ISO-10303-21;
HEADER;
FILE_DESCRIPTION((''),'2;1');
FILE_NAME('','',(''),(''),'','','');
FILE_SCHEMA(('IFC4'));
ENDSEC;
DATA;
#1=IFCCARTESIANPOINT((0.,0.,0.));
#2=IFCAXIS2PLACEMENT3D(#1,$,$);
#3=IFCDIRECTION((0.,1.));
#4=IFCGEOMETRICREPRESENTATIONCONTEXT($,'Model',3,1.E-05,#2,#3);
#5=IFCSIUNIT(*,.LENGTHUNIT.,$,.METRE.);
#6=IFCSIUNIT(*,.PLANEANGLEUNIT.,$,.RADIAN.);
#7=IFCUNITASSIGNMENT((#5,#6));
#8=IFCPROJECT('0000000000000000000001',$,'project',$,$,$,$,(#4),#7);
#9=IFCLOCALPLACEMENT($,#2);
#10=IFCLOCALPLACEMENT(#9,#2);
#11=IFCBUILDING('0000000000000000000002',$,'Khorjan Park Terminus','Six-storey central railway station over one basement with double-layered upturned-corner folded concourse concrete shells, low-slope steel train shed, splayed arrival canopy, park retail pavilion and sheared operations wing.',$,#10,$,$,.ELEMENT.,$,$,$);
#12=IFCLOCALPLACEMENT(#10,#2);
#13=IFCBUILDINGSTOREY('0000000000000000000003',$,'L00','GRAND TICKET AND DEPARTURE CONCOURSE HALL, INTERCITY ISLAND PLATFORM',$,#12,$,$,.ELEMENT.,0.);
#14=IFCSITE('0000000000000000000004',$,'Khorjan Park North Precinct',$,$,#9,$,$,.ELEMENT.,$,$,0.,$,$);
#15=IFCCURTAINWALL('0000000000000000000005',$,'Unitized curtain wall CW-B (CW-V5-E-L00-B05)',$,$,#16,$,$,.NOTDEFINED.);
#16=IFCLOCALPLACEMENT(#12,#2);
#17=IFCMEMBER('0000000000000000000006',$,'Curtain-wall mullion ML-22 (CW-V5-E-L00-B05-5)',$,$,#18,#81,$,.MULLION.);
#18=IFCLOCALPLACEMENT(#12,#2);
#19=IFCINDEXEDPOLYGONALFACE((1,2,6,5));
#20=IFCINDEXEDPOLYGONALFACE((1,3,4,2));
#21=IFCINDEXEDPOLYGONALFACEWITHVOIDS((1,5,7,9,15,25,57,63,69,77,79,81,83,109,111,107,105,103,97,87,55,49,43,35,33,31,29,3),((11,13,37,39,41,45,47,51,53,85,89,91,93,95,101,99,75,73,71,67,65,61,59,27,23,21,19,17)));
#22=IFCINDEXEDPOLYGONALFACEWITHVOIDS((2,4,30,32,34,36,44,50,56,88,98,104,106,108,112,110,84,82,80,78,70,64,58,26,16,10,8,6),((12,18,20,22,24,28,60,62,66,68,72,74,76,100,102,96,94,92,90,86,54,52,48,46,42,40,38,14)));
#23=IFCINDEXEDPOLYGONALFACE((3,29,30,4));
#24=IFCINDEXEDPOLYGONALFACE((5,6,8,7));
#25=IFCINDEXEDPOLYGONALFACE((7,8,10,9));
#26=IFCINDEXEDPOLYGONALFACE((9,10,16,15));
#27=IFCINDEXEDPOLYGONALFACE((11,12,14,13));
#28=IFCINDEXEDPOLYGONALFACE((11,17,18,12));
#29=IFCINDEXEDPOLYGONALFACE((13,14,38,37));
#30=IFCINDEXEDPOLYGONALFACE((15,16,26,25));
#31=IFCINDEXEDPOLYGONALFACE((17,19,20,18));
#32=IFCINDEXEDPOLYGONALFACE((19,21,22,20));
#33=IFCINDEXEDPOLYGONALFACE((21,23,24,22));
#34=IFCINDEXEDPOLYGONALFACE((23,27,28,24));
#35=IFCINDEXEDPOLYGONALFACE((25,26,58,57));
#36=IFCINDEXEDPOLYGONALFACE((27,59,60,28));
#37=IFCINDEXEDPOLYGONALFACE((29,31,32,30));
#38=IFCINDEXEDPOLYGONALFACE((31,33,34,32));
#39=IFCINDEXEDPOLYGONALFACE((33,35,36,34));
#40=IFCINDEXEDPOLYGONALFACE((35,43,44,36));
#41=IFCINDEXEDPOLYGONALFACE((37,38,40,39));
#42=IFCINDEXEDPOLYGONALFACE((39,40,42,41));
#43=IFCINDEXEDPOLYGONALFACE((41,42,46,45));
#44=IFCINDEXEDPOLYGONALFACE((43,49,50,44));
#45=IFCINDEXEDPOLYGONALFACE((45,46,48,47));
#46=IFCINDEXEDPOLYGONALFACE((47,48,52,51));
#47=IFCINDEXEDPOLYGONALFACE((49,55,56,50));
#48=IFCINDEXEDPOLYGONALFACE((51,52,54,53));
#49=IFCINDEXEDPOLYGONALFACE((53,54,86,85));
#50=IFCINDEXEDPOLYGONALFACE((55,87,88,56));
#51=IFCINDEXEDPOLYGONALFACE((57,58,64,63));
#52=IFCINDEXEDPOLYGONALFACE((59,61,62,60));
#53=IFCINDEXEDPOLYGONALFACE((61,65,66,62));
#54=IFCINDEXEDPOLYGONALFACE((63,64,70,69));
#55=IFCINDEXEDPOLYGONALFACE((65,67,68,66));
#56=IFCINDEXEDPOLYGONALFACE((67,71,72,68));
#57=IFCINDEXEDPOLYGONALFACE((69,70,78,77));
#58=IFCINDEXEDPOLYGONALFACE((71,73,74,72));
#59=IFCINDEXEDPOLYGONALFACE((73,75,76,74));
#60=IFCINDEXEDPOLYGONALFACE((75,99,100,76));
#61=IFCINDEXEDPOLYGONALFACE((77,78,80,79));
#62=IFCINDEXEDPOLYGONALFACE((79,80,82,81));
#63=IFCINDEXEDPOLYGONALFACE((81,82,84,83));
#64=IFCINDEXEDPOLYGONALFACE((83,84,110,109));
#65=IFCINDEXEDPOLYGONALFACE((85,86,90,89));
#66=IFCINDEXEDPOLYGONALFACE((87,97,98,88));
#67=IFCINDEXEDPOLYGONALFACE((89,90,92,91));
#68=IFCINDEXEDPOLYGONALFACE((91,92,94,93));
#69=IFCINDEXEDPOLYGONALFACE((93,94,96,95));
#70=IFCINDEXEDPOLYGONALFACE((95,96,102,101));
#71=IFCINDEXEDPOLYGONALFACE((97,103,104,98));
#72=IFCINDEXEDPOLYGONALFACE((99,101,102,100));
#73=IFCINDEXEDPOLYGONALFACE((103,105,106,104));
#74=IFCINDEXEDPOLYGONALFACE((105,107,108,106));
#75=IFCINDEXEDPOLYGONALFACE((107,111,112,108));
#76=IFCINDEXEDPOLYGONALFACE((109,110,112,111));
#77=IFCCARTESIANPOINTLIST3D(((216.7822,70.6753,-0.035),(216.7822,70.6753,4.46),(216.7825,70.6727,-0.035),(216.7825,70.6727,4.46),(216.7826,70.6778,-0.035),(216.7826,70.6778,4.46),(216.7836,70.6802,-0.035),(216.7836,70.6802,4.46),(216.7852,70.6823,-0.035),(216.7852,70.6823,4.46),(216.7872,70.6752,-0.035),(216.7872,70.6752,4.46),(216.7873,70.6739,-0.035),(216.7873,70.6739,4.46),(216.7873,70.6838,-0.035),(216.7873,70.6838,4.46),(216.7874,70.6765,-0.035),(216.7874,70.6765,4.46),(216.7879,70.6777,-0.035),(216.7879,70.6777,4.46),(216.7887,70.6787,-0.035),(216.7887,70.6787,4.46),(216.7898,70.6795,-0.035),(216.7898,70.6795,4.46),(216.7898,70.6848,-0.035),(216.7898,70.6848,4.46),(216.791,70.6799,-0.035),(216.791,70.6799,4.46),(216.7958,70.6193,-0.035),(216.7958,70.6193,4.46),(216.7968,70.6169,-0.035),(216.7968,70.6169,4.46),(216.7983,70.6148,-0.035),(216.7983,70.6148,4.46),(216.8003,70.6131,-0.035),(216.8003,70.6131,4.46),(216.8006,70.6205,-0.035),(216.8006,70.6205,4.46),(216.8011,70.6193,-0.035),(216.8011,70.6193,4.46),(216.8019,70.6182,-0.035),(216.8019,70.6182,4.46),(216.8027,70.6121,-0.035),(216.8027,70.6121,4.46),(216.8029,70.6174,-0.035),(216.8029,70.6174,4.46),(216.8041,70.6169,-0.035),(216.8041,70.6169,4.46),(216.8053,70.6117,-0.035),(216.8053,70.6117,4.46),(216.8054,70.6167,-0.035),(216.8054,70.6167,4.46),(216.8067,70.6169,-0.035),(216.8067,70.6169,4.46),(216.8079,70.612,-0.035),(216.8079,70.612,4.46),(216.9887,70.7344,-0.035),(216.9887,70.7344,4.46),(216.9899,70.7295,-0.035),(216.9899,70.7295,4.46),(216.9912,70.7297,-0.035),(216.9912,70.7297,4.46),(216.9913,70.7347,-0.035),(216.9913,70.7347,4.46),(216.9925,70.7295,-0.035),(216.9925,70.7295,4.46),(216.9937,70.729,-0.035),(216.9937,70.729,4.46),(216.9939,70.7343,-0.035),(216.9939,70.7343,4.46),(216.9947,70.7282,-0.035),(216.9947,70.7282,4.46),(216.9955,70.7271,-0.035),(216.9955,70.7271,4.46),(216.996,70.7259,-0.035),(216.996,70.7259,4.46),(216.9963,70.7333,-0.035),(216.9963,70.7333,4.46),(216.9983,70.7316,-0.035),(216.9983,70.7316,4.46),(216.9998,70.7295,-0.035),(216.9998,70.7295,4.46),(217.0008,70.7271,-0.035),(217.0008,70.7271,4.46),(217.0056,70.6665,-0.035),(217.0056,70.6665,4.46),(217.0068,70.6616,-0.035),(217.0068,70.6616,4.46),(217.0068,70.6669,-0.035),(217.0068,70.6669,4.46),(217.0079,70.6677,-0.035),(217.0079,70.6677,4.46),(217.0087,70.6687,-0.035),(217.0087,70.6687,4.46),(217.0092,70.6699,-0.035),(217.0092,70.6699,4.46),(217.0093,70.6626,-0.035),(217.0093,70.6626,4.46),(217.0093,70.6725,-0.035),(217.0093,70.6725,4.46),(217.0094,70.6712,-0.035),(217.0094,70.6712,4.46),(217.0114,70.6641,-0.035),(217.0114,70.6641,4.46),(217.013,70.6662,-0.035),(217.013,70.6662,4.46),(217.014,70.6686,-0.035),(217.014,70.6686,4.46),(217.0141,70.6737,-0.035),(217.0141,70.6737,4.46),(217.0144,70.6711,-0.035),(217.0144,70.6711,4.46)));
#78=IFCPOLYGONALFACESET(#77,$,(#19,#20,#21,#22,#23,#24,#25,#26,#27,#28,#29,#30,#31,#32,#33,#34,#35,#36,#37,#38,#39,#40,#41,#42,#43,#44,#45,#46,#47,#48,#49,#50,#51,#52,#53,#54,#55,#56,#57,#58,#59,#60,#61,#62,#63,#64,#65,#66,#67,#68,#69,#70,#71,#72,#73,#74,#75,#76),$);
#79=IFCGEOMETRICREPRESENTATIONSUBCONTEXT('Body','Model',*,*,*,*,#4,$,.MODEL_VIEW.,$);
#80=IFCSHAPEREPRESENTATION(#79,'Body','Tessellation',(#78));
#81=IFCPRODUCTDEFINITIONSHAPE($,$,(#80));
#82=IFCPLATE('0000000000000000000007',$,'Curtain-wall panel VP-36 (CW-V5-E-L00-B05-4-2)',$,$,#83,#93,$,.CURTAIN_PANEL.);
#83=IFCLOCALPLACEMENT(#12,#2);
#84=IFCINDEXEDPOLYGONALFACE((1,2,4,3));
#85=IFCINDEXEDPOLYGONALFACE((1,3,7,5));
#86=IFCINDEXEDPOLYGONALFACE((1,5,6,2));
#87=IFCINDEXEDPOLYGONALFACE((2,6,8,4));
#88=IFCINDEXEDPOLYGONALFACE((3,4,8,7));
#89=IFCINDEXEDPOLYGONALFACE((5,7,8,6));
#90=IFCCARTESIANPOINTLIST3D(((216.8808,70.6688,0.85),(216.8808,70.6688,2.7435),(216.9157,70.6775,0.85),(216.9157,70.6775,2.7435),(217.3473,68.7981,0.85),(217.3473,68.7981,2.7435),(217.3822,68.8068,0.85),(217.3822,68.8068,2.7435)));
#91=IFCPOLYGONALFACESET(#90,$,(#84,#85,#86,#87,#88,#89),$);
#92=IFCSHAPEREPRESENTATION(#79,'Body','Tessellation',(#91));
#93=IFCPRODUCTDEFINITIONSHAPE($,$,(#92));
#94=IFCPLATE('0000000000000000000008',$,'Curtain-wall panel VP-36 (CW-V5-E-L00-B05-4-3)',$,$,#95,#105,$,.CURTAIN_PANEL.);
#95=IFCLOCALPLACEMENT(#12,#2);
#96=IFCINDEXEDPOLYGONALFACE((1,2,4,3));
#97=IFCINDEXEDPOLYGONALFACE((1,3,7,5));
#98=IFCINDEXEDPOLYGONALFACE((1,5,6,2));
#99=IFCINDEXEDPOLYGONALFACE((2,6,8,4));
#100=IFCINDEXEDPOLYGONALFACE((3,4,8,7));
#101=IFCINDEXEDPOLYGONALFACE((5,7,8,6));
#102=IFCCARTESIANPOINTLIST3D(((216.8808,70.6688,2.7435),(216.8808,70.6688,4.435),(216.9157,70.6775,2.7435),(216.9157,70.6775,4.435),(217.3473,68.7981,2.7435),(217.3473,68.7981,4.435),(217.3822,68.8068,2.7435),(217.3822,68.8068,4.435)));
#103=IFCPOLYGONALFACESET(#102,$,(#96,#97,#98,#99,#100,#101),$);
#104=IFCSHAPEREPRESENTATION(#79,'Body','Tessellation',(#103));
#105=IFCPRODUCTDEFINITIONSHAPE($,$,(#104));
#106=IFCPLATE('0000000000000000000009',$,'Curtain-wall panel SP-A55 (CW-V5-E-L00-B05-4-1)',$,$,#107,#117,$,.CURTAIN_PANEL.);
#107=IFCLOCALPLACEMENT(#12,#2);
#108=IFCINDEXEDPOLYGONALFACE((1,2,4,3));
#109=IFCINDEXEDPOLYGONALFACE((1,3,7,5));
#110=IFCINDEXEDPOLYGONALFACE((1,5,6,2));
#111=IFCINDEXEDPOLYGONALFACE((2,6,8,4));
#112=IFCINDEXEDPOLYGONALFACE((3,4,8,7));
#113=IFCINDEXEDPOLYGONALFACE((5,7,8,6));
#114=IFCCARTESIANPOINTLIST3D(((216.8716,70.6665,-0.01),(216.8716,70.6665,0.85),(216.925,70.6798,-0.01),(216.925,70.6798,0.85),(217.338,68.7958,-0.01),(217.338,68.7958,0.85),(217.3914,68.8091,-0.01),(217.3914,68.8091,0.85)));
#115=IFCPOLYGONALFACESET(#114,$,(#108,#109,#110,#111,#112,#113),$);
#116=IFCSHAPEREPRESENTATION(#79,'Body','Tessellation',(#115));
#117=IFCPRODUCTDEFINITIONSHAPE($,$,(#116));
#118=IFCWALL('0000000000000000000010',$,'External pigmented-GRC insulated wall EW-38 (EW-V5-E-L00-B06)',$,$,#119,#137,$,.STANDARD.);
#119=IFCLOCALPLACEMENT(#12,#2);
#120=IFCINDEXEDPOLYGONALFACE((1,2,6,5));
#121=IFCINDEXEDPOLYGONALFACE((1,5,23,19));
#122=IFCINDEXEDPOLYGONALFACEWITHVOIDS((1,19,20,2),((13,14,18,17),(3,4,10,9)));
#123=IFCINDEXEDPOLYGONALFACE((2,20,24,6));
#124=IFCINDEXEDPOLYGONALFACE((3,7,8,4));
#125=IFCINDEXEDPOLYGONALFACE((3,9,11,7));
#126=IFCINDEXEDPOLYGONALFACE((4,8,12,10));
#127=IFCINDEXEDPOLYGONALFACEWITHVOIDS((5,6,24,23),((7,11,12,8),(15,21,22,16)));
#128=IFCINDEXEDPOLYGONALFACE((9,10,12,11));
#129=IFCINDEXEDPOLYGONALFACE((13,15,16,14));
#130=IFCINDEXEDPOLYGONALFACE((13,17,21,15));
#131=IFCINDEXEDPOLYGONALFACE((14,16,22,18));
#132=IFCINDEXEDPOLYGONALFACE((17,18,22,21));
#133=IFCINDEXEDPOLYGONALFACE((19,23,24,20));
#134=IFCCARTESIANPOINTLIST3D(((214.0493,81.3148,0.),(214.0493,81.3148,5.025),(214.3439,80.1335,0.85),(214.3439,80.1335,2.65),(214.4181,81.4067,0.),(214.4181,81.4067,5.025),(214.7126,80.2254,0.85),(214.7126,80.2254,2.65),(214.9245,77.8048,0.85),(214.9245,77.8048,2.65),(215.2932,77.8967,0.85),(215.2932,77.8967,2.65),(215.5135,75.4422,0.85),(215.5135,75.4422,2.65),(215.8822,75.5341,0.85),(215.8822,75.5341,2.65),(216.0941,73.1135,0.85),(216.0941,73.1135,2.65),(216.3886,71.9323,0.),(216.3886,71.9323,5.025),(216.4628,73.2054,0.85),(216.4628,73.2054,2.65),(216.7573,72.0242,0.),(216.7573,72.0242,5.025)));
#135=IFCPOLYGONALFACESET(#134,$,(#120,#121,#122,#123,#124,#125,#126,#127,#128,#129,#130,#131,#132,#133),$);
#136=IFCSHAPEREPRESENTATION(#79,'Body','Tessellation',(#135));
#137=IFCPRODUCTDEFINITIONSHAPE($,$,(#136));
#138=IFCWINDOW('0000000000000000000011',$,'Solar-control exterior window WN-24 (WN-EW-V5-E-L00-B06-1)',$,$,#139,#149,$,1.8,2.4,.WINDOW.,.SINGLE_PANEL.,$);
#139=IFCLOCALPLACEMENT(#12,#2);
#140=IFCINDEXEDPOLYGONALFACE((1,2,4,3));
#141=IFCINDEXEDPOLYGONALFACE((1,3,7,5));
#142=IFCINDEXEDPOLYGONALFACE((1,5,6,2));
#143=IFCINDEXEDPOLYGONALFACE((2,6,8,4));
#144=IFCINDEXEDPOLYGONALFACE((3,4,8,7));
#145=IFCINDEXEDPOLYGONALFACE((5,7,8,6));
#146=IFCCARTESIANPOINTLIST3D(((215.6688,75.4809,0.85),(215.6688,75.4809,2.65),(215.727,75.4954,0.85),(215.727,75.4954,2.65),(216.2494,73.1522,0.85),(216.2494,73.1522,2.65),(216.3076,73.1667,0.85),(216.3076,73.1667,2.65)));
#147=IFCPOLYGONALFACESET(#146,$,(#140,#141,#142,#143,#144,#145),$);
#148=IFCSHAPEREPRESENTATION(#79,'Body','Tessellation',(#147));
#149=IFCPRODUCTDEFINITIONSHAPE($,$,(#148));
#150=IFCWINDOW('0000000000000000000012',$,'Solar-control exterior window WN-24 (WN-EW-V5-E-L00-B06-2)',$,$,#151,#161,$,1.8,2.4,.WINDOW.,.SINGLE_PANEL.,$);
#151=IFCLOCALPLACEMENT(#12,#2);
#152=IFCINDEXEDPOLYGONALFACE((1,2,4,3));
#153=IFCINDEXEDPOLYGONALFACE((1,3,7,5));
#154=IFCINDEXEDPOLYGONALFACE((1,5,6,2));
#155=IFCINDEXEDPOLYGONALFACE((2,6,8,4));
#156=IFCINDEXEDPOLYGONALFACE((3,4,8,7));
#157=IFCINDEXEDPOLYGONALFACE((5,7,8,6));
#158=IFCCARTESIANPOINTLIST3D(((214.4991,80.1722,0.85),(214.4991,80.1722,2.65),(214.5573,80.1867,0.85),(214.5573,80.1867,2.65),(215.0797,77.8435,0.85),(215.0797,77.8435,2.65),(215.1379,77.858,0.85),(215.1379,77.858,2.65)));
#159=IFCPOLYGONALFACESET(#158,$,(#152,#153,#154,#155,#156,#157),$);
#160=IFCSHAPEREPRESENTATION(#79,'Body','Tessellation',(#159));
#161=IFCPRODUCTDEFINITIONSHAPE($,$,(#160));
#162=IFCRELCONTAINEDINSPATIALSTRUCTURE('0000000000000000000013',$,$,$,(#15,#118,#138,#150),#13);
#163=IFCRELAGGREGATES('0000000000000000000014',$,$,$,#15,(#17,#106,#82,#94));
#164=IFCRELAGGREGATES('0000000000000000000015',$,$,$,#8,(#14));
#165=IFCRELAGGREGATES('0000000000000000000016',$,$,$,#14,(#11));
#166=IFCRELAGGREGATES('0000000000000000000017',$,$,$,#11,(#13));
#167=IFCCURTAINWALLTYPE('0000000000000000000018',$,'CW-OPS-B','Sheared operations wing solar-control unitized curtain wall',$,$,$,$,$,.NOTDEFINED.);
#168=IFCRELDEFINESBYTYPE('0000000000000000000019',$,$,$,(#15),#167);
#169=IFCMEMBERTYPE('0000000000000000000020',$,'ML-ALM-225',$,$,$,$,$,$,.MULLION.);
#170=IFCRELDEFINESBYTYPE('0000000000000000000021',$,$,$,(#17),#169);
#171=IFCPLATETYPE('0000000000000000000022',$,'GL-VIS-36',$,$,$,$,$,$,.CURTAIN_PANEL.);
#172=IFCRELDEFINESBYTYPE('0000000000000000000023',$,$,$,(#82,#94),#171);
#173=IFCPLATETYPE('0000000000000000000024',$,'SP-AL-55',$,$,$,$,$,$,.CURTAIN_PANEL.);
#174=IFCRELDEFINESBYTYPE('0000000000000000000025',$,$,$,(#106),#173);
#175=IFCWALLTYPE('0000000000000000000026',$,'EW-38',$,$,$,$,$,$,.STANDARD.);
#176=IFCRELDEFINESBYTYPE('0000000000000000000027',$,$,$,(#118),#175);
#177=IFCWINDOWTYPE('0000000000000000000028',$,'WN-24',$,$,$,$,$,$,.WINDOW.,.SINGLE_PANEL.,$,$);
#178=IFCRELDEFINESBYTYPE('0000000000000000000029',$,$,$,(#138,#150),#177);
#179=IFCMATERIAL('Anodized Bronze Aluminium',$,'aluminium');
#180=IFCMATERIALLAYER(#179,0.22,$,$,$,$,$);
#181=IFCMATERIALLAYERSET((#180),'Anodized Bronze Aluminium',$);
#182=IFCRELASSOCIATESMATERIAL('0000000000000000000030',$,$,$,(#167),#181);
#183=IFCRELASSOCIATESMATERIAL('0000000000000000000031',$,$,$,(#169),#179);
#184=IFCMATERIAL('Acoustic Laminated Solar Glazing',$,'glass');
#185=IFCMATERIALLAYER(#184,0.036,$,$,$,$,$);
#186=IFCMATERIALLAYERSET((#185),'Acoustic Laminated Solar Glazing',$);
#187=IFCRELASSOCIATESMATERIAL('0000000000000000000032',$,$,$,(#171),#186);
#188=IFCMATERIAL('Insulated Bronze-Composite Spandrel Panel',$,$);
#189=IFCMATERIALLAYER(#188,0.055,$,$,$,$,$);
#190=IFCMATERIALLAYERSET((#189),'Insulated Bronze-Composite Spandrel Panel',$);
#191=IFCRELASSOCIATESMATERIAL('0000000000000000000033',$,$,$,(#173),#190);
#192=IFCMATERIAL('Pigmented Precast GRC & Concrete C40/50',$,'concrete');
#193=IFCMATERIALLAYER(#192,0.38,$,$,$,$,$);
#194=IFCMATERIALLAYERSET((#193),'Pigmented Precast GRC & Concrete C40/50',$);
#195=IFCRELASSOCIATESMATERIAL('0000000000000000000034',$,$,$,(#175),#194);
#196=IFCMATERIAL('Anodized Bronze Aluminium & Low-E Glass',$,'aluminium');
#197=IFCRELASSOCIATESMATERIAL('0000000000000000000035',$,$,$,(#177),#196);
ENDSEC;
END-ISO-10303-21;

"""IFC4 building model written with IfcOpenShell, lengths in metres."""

from ifc_helpers import new_model, si_unit, direction, frame, frame_2d, origin, origin_2d, place, context, subcontext, project, spatial, rectangle, hollow_rectangle, extrude, material, layer, layer_set, material_profile, profile_set, type_object, element, fill, aggregate, save


model = new_model("IFC4")

# Units and contexts
model_context = context("Model", 3, precision=1e-05, world=origin(), true_north=direction((0.0, 1.0)))
body_context = subcontext(model_context, "Body", "Model", "MODEL_VIEW")
ifc_project = project(units=[si_unit("LENGTHUNIT", "METRE"), si_unit("PLANEANGLEUNIT", "RADIAN")], contexts=[model_context])

# Site, building, storey
site_placement = place(None, origin())
site = spatial("IfcSite", under=ifc_project, at=site_placement, Name="Khorjan Park North Precinct", CompositionType="ELEMENT", RefElevation=0.0)
building_placement = place(site_placement, origin())
building = spatial("IfcBuilding", under=site, at=building_placement, Name="Khorjan Park Terminus", Description="Six-storey central railway station over one basement with double-layered upturned-corner folded concourse concrete shells, low-slope steel train shed, splayed arrival canopy, park retail pavilion and sheared operations wing.", CompositionType="ELEMENT")
storey_placement = place(building_placement, origin())
storey = spatial("IfcBuildingStorey", under=building, at=storey_placement, Name="L00", Description="GRAND TICKET AND DEPARTURE CONCOURSE HALL, INTERCITY ISLAND PLATFORM", CompositionType="ELEMENT", Elevation=0.0)

# Curtain wall, member, plates
ifc_material_1 = material(Name="Anodized Bronze Aluminium", Category="aluminium")
ifc_layer_1 = layer(ifc_material_1, 0.22)
ifc_layer_set_1 = layer_set([ifc_layer_1], Name="Anodized Bronze Aluminium")
curtain_wall_type = type_object("IfcCurtainWallType", Name="CW-OPS-B", Description="Sheared operations wing solar-control unitized curtain wall", PredefinedType="NOTDEFINED", material=ifc_layer_set_1)
curtain_wall_placement = place(storey_placement, origin())
curtain_wall = element("IfcCurtainWall", 1, at=curtain_wall_placement, inside=storey, type_object=curtain_wall_type, Name="Unitized curtain wall CW-B (CW-V5-E-L00-B05)", PredefinedType="NOTDEFINED")
ifc_material_profile_1 = material_profile(ifc_material_1, hollow_rectangle(XDim=0.075, YDim=0.225, WallThickness=0.005, InnerFilletRadius=0.005, OuterFilletRadius=0.01, at=origin_2d()), Name="ALM 75x225x5")
ifc_profile_set_1 = profile_set([ifc_material_profile_1], Name="Anodized Bronze Aluminium")
member_type = type_object("IfcMemberType", Name="ML-ALM-225", PredefinedType="MULLION", material=ifc_profile_set_1)
member_placement = place(storey_placement, frame((216.8983, 70.6732, -0.035), z_axis=(0.0, 0.0, 1.0), x_axis=(-0.241935, 0.970292, 0.0)))
member = element("IfcMember", 2, at=member_placement, type_object=member_type, Name="Curtain-wall mullion ML-22 (CW-V5-E-L00-B05-5)", PredefinedType="MULLION", context=body_context, shape_type="SweptSolid", body=[
    extrude(hollow_rectangle(XDim=0.075, YDim=0.225, WallThickness=0.005, InnerFilletRadius=0.005, OuterFilletRadius=0.01, at=origin_2d()), origin(), (0.0, 0.0, 1.0), 4.495),
])
ifc_material_2 = material(Name="Acoustic Laminated Solar Glazing", Category="glass")
ifc_layer_2 = layer(ifc_material_2, 0.036)
ifc_layer_set_2 = layer_set([ifc_layer_2], Name="Acoustic Laminated Solar Glazing")
plate_type_1 = type_object("IfcPlateType", Name="GL-VIS-36", PredefinedType="CURTAIN_PANEL", material=ifc_layer_set_2)
plate_1_placement = place(storey_placement, frame((217.1315, 69.7378, 0.85), z_axis=(0.0, 0.0, 1.0), x_axis=(-0.241935, 0.970292, 0.0)))
plate_1 = element("IfcPlate", 3, at=plate_1_placement, type_object=plate_type_1, Name="Curtain-wall panel VP-36 (CW-V5-E-L00-B05-4-2)", PredefinedType="CURTAIN_PANEL", context=body_context, shape_type="SweptSolid", body=[
    extrude(rectangle(XDim=1.928, YDim=0.036, at=origin_2d()), origin(), (0.0, 0.0, 1.0), 1.8935),
])
plate_2_placement = place(storey_placement, frame((217.1315, 69.7378, 2.7435), z_axis=(0.0, 0.0, 1.0), x_axis=(-0.241935, 0.970292, 0.0)))
plate_2 = element("IfcPlate", 4, at=plate_2_placement, type_object=plate_type_1, Name="Curtain-wall panel VP-36 (CW-V5-E-L00-B05-4-3)", PredefinedType="CURTAIN_PANEL", context=body_context, shape_type="SweptSolid", body=[
    extrude(rectangle(XDim=1.928, YDim=0.036, at=origin_2d()), origin(), (0.0, 0.0, 1.0), 1.6915),
])
ifc_material_3 = material(Name="Insulated Bronze-Composite Spandrel Panel")
ifc_layer_3 = layer(ifc_material_3, 0.055)
ifc_layer_set_3 = layer_set([ifc_layer_3], Name="Insulated Bronze-Composite Spandrel Panel")
plate_type_2 = type_object("IfcPlateType", Name="SP-AL-55", PredefinedType="CURTAIN_PANEL", material=ifc_layer_set_3)
plate_3_placement = place(storey_placement, frame((217.1315, 69.7378, -0.01), z_axis=(0.0, 0.0, 1.0), x_axis=(-0.241935, 0.970292, 0.0)))
plate_3 = element("IfcPlate", 5, at=plate_3_placement, type_object=plate_type_2, Name="Curtain-wall panel SP-A55 (CW-V5-E-L00-B05-4-1)", PredefinedType="CURTAIN_PANEL", context=body_context, shape_type="SweptSolid", body=[
    extrude(rectangle(XDim=1.928, YDim=0.055, at=origin_2d()), origin(), (0.0, 0.0, 1.0), 0.86),
])
aggregate(curtain_wall, [member, plate_3, plate_1, plate_2])

# Wall, openings, windows
ifc_material_4 = material(Name="Pigmented Precast GRC & Concrete C40/50", Category="concrete")
ifc_layer_4 = layer(ifc_material_4, 0.38)
ifc_layer_set_4 = layer_set([ifc_layer_4], Name="Pigmented Precast GRC & Concrete C40/50")
wall_type_1 = type_object("IfcWallType", Name="EW-38", PredefinedType="STANDARD", material=ifc_layer_set_4)
wall_1_placement = place(storey_placement, frame((216.573, 71.9782, 0.0), z_axis=(0.0, 0.0, 1.0), x_axis=(-0.24192, 0.970296, 0.0)))
wall_1 = element("IfcWall", 6, at=wall_1_placement, inside=storey, type_object=wall_type_1, Name="External pigmented-GRC insulated wall EW-38 (EW-V5-E-L00-B06)", PredefinedType="STANDARD", context=body_context, shape_type="SweptSolid", body=[
    extrude(rectangle(XDim=9.6697, YDim=0.38, at=frame_2d((4.8349, 0.0))), origin(), (0.0, 0.0, 1.0), 5.025),
])
opening_1_placement = place(wall_1_placement, frame((1.2174, 0.0, 0.85)))
opening_1 = element("IfcOpeningElement", 7, at=opening_1_placement, cuts=wall_1, PredefinedType="OPENING", context=body_context, shape_type="SweptSolid", body=[
    extrude(rectangle(XDim=2.4, YDim=1.8, at=frame_2d((1.2, 0.9))), frame((0.0, 0.2, 0.0), z_axis=(0.0, -1.0, 0.0), x_axis=(1.0, 0.0, 0.0)), (0.0, 0.0, 1.0), 0.4),
])
opening_2_placement = place(wall_1_placement, frame((6.0523, 0.0, 0.85)))
opening_2 = element("IfcOpeningElement", 8, at=opening_2_placement, cuts=wall_1, PredefinedType="OPENING", context=body_context, shape_type="SweptSolid", body=[
    extrude(rectangle(XDim=2.4, YDim=1.8, at=frame_2d((1.2, 0.9))), frame((0.0, 0.2, 0.0), z_axis=(0.0, -1.0, 0.0), x_axis=(1.0, 0.0, 0.0)), (0.0, 0.0, 1.0), 0.4),
])
ifc_material_5 = material(Name="Anodized Bronze Aluminium & Low-E Glass", Category="aluminium")
window_type = type_object("IfcWindowType", Name="WN-24", PartitioningType="SINGLE_PANEL", PredefinedType="WINDOW", material=ifc_material_5)
window_1_placement = place(opening_1_placement, origin())
window_1 = element("IfcWindow", 9, at=window_1_placement, inside=storey, type_object=window_type, Name="Solar-control exterior window WN-24 (WN-EW-V5-E-L00-B06-1)", OverallHeight=1.8, OverallWidth=2.4, PartitioningType="SINGLE_PANEL", PredefinedType="WINDOW", context=body_context, shape_type="SweptSolid", body=[
    extrude(rectangle(XDim=2.4, YDim=1.8, at=frame_2d((1.2, 0.9))), frame((0.0, 0.03, 0.0), z_axis=(0.0, -1.0, 0.0), x_axis=(1.0, 0.0, 0.0)), (0.0, 0.0, 1.0), 0.06),
])
fill(opening_1, window_1)
window_2_placement = place(opening_2_placement, origin())
window_2 = element("IfcWindow", 10, at=window_2_placement, inside=storey, type_object=window_type, Name="Solar-control exterior window WN-24 (WN-EW-V5-E-L00-B06-2)", OverallHeight=1.8, OverallWidth=2.4, PartitioningType="SINGLE_PANEL", PredefinedType="WINDOW", context=body_context, shape_type="SweptSolid", body=[
    extrude(rectangle(XDim=2.4, YDim=1.8, at=frame_2d((1.2, 0.9))), frame((0.0, 0.03, 0.0), z_axis=(0.0, -1.0, 0.0), x_axis=(1.0, 0.0, 0.0)), (0.0, 0.0, 1.0), 0.06),
])
fill(opening_2, window_2)

save(model, "model.ifc")
